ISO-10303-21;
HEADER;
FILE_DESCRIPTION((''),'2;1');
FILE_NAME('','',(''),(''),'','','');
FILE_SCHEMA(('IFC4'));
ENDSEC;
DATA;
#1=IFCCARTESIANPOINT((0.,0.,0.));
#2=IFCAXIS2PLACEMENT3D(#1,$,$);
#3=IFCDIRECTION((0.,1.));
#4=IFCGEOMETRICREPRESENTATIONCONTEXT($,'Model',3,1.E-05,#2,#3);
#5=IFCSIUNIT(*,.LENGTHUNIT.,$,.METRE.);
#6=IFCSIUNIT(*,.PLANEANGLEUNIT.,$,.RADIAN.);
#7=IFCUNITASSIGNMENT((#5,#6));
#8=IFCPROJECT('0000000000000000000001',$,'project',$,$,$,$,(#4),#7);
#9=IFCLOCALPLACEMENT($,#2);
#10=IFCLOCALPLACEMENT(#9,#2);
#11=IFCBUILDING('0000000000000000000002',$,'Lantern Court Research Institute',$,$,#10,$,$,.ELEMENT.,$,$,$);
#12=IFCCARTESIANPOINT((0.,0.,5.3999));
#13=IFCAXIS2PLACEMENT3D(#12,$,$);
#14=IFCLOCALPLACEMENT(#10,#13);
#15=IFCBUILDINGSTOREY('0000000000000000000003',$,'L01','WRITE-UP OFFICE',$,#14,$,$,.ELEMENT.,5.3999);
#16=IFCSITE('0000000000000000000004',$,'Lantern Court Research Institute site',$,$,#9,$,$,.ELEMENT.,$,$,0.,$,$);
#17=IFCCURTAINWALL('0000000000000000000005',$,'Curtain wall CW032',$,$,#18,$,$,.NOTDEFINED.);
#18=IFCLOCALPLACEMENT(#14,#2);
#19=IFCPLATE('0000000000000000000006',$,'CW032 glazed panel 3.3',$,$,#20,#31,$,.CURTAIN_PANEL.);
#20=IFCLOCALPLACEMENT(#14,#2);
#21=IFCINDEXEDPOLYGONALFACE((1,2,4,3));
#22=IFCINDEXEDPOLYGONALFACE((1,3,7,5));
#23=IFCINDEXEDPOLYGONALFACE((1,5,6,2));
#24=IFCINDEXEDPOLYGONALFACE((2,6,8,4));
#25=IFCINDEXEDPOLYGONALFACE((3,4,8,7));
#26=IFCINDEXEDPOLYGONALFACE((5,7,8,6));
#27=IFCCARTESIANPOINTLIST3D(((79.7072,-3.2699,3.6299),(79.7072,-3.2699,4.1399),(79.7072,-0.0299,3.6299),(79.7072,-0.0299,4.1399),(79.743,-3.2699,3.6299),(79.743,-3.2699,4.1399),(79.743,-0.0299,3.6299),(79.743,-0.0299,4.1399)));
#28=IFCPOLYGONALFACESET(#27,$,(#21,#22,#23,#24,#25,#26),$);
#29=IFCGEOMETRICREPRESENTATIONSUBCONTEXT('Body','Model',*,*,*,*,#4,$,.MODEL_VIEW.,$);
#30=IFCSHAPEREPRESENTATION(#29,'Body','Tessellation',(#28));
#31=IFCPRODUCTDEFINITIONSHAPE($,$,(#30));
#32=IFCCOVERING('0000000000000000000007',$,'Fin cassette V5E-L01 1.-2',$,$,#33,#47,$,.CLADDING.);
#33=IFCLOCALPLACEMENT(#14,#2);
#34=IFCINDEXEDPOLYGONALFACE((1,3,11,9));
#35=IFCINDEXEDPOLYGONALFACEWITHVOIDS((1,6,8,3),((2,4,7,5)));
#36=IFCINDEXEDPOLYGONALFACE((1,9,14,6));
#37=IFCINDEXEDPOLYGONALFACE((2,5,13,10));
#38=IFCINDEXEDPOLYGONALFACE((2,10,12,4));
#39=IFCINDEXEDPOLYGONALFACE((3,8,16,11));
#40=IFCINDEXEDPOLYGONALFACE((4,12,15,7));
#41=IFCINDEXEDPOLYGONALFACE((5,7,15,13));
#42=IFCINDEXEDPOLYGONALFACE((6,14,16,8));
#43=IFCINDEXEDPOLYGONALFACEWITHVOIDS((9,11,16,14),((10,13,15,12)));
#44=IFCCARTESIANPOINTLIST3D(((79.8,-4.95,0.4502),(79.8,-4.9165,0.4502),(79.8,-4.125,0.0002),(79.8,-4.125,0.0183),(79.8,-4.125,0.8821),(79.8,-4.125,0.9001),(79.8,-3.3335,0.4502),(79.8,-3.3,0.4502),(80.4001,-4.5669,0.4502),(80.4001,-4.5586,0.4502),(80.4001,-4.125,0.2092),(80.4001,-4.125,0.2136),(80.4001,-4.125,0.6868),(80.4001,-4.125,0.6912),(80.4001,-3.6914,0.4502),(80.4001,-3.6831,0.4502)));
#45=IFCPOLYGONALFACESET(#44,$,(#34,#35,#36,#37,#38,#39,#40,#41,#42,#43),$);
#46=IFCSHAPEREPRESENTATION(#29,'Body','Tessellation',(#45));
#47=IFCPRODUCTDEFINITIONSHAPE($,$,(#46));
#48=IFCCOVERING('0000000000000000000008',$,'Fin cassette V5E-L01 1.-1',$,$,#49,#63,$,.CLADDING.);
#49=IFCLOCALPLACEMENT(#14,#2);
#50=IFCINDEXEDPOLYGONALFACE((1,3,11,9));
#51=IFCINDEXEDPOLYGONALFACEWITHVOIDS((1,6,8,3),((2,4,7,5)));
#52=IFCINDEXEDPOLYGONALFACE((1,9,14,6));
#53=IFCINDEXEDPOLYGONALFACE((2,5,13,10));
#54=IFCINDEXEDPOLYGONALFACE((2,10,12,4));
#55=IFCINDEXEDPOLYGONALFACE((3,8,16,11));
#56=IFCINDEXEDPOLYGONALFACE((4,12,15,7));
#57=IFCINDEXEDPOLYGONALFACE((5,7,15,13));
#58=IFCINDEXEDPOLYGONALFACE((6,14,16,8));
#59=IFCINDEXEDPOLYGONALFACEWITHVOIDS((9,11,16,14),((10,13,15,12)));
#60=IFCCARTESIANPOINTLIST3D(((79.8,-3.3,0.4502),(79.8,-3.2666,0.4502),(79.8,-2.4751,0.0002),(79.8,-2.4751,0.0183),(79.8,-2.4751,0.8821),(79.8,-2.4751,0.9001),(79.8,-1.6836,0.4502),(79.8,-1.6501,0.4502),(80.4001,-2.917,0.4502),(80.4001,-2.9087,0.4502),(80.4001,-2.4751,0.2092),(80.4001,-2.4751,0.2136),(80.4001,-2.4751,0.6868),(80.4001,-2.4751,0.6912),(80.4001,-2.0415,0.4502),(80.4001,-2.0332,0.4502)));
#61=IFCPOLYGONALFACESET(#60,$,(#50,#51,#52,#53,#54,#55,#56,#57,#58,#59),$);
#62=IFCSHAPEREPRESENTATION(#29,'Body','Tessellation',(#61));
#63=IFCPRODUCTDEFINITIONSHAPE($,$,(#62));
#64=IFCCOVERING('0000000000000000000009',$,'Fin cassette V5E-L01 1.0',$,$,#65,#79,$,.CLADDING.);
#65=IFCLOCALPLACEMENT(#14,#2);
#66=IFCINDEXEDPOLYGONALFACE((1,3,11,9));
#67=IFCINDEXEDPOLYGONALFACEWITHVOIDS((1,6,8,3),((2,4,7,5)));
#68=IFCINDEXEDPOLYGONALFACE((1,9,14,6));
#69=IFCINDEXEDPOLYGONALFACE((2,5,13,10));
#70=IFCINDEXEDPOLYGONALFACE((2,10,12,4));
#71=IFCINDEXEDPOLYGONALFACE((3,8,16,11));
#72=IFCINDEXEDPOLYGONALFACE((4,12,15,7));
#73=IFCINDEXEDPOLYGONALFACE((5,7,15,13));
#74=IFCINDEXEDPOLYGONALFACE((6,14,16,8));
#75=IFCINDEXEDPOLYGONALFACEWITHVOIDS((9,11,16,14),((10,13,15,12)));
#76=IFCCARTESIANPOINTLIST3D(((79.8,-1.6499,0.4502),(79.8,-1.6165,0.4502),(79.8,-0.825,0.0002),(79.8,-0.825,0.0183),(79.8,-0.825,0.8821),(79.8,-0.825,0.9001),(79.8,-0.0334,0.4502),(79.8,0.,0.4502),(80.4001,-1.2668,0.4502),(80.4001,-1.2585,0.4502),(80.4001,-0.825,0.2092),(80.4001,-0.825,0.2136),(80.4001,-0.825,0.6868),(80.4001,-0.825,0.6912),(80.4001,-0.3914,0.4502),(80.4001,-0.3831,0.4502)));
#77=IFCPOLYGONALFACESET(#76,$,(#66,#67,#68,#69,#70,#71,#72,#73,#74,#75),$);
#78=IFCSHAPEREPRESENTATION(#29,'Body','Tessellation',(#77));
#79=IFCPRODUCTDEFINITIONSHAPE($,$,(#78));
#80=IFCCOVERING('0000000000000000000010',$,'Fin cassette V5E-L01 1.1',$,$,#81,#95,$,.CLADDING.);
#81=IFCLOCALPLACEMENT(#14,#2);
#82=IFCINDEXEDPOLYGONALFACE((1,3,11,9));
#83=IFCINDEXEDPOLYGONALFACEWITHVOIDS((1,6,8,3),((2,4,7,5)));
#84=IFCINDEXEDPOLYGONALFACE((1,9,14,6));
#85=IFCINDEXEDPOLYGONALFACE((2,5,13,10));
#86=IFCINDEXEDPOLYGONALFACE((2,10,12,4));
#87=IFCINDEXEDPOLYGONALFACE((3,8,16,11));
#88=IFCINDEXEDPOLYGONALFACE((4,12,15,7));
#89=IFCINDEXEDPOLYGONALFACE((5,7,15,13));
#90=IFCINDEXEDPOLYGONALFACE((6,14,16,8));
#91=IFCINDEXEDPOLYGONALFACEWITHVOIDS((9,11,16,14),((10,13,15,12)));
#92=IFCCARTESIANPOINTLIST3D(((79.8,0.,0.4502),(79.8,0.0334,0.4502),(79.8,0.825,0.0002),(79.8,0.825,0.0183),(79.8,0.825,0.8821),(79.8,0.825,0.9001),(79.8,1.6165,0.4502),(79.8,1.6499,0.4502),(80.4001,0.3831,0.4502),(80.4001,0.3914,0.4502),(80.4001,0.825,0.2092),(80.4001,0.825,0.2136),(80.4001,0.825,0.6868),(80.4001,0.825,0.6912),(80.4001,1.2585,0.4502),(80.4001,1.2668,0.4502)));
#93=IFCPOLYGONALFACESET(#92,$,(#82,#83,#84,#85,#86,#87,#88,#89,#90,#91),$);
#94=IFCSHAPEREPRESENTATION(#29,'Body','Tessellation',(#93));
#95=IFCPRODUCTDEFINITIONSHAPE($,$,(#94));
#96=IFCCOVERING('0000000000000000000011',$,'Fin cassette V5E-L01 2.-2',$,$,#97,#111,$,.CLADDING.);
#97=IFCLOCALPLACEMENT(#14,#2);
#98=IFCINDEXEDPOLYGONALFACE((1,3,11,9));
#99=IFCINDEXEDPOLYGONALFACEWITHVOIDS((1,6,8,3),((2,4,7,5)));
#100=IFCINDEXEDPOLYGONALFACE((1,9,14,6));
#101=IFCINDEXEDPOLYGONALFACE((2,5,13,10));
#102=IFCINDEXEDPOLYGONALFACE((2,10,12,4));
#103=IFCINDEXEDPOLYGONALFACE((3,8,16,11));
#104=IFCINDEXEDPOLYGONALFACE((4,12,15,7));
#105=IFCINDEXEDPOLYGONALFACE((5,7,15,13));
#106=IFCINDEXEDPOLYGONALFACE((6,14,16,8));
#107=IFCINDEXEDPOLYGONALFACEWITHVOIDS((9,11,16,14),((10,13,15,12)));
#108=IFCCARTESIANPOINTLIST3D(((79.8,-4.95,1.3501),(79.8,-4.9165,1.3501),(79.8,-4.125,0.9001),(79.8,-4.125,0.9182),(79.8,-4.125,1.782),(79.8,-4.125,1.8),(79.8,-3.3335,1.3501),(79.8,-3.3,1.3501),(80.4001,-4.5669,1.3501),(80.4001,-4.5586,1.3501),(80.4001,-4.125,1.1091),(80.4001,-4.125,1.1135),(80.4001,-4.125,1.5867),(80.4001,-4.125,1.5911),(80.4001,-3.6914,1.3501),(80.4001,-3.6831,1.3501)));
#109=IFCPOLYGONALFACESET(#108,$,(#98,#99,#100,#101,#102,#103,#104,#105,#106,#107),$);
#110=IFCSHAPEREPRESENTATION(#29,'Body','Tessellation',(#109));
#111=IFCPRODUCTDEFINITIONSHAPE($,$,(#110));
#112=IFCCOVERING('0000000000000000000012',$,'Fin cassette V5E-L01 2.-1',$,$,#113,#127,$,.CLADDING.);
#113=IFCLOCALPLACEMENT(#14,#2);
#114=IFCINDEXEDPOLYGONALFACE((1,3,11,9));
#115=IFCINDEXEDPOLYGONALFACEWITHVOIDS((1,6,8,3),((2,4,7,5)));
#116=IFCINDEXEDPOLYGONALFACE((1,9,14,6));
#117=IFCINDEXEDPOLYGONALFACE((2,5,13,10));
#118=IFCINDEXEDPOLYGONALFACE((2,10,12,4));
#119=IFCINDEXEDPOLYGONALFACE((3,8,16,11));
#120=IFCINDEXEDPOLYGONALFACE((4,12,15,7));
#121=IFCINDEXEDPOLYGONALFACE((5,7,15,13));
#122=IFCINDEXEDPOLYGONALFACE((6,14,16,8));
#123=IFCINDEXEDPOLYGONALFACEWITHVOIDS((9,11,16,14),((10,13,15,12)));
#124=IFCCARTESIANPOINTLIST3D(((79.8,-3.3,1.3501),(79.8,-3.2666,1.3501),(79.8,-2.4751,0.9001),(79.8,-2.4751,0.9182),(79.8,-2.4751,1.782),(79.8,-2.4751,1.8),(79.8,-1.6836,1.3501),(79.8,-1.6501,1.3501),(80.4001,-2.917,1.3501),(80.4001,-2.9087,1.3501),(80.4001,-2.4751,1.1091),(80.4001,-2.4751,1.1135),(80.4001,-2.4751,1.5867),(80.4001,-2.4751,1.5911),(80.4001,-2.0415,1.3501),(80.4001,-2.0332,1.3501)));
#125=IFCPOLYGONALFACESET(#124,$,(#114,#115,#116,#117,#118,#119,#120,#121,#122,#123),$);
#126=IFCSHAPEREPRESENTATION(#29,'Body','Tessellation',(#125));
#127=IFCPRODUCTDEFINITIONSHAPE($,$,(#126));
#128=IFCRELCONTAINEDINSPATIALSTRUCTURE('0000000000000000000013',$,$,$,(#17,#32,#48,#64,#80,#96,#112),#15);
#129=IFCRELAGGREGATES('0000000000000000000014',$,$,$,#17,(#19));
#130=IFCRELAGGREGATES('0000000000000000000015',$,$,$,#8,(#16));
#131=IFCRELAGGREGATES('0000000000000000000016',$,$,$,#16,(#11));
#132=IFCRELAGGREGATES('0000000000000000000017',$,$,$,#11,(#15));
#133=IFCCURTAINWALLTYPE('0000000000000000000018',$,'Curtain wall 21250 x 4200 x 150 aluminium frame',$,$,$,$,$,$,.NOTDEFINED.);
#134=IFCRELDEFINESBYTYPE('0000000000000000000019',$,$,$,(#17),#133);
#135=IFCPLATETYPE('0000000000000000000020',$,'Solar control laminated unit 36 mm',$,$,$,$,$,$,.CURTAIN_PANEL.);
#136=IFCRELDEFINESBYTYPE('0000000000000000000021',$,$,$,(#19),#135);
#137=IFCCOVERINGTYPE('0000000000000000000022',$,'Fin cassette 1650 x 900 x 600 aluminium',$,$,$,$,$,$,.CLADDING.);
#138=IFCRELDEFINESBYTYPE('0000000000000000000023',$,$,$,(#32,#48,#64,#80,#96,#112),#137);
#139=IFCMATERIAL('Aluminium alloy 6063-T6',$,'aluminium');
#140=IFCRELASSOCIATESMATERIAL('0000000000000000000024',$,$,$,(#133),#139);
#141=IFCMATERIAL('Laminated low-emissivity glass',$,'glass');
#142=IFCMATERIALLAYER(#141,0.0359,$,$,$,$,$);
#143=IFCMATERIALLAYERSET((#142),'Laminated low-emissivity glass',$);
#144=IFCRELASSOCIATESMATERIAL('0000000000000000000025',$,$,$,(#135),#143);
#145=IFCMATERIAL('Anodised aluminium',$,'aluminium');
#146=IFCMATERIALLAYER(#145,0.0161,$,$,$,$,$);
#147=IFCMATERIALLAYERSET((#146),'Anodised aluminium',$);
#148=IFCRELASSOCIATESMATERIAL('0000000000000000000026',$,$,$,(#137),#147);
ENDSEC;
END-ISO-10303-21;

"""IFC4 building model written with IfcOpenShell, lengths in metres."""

from ifc_helpers import new_model, entity, si_unit, direction, frame, origin, origin_2d, place, context, subcontext, project, spatial, rectangle, extrude, material, layer, layer_set, type_object, element, aggregate, save


model = new_model("IFC4")

# Units and contexts
model_context = context("Model", 3, precision=1e-05, world=origin(), true_north=direction((0.0, 1.0)))
body_context = subcontext(model_context, "Body", "Model", "MODEL_VIEW")
ifc_project = project(units=[si_unit("LENGTHUNIT", "METRE"), si_unit("PLANEANGLEUNIT", "RADIAN")], contexts=[model_context])

# Site, building, storey
site_placement = place(None, origin())
site = spatial("IfcSite", under=ifc_project, at=site_placement, Name="Lantern Court Research Institute site", CompositionType="ELEMENT", RefElevation=0.0)
building_placement = place(site_placement, origin())
building = spatial("IfcBuilding", under=site, at=building_placement, Name="Lantern Court Research Institute", CompositionType="ELEMENT")
storey_placement = place(building_placement, frame((0.0, 0.0, 5.3999)))
storey = spatial("IfcBuildingStorey", under=building, at=storey_placement, Name="L01", Description="WRITE-UP OFFICE", CompositionType="ELEMENT", Elevation=5.3999)

# Curtain wall
ifc_material_1 = material(Name="Aluminium alloy 6063-T6", Category="aluminium")
curtain_wall_type = type_object("IfcCurtainWallType", Name="Curtain wall 21250 x 4200 x 150 aluminium frame", PredefinedType="NOTDEFINED", material=ifc_material_1)
curtain_wall_placement = place(storey_placement, origin())
curtain_wall = element("IfcCurtainWall", 1, at=curtain_wall_placement, inside=storey, type_object=curtain_wall_type, Name="Curtain wall CW032", PredefinedType="NOTDEFINED")

# Plate
ifc_material_2 = material(Name="Laminated low-emissivity glass", Category="glass")
ifc_layer_1 = layer(ifc_material_2, 0.0359)
ifc_layer_set_1 = layer_set([ifc_layer_1], Name="Laminated low-emissivity glass")
plate_type_1 = type_object("IfcPlateType", Name="Solar control laminated unit 36 mm", PredefinedType="CURTAIN_PANEL", material=ifc_layer_set_1)
plate_1_placement = place(storey_placement, frame((79.7251, -1.6499, 3.6299), z_axis=(0.0, 0.0, 1.0), x_axis=(0.0, -1.0, 0.0)))
plate_1 = element("IfcPlate", 2, at=plate_1_placement, type_object=plate_type_1, Name="CW032 glazed panel 3.3", PredefinedType="CURTAIN_PANEL", context=body_context, shape_type="SweptSolid", body=[
    extrude(rectangle(XDim=3.24, YDim=0.0359, at=origin_2d()), origin(), (0.0, 0.0, 1.0), 0.51),
])
aggregate(curtain_wall, [plate_1])

# Coverings
ifc_material_3 = material(Name="Anodised aluminium", Category="aluminium")
ifc_layer_2 = layer(ifc_material_3, 0.0161)
ifc_layer_set_2 = layer_set([ifc_layer_2], Name="Anodised aluminium")
covering_type = type_object("IfcCoveringType", Name="Fin cassette 1650 x 900 x 600 aluminium", PredefinedType="CLADDING", material=ifc_layer_set_2)
covering_1_placement = place(storey_placement, frame((79.8, -4.125, 0.4502), z_axis=(1.0, 0.0, 0.0), x_axis=(0.0, 1.0, 0.0)))
cartesian_point_1 = entity("IfcCartesianPoint", [0.825, 0.0])
cartesian_point_2 = entity("IfcCartesianPoint", [0.7915, 0.0])
cartesian_point_3 = entity("IfcCartesianPoint", [0.4419, 0.0])
cartesian_point_4 = entity("IfcCartesianPoint", [0.4336, 0.0])
element("IfcCovering", 3, at=covering_1_placement, inside=storey, type_object=covering_type, Name="Fin cassette V5E-L01 1.-2", PredefinedType="CLADDING", context=body_context, shape_type="SweptSolid", body=[
    entity("IfcExtrudedAreaSolidTapered", entity("IfcArbitraryProfileDefWithVoids", "AREA", None, entity("IfcPolyline", [cartesian_point_1, entity("IfcCartesianPoint", [0.0, 0.45]), entity("IfcCartesianPoint", [-0.825, 0.0]), entity("IfcCartesianPoint", [0.0, -0.45]), cartesian_point_1]), [entity("IfcPolyline", [cartesian_point_2, entity("IfcCartesianPoint", [0.0, 0.4319]), entity("IfcCartesianPoint", [-0.7915, 0.0]), entity("IfcCartesianPoint", [0.0, -0.4319]), cartesian_point_2])]), entity("IfcAxis2Placement3D", entity("IfcCartesianPoint", [0.0, 0.0, 0.0])), entity("IfcDirection", [0.0, 0.0, 1.0]), 0.6001, entity("IfcArbitraryProfileDefWithVoids", "AREA", None, entity("IfcPolyline", [cartesian_point_3, entity("IfcCartesianPoint", [0.0, 0.241]), entity("IfcCartesianPoint", [-0.4419, 0.0]), entity("IfcCartesianPoint", [0.0, -0.241]), cartesian_point_3]), [entity("IfcPolyline", [cartesian_point_4, entity("IfcCartesianPoint", [0.0, 0.2366]), entity("IfcCartesianPoint", [-0.4336, 0.0]), entity("IfcCartesianPoint", [0.0, -0.2366]), cartesian_point_4])])),
])
covering_2_placement = place(storey_placement, frame((79.8, -2.4751, 0.4502), z_axis=(1.0, 0.0, 0.0), x_axis=(0.0, 1.0, 0.0)))
cartesian_point_5 = entity("IfcCartesianPoint", [0.825, 0.0])
cartesian_point_6 = entity("IfcCartesianPoint", [0.7915, 0.0])
cartesian_point_7 = entity("IfcCartesianPoint", [0.4419, 0.0])
cartesian_point_8 = entity("IfcCartesianPoint", [0.4336, 0.0])
element("IfcCovering", 4, at=covering_2_placement, inside=storey, type_object=covering_type, Name="Fin cassette V5E-L01 1.-1", PredefinedType="CLADDING", context=body_context, shape_type="SweptSolid", body=[
    entity("IfcExtrudedAreaSolidTapered", entity("IfcArbitraryProfileDefWithVoids", "AREA", None, entity("IfcPolyline", [cartesian_point_5, entity("IfcCartesianPoint", [0.0, 0.45]), entity("IfcCartesianPoint", [-0.825, 0.0]), entity("IfcCartesianPoint", [0.0, -0.45]), cartesian_point_5]), [entity("IfcPolyline", [cartesian_point_6, entity("IfcCartesianPoint", [0.0, 0.4319]), entity("IfcCartesianPoint", [-0.7915, 0.0]), entity("IfcCartesianPoint", [0.0, -0.4319]), cartesian_point_6])]), entity("IfcAxis2Placement3D", entity("IfcCartesianPoint", [0.0, 0.0, 0.0])), entity("IfcDirection", [0.0, 0.0, 1.0]), 0.6001, entity("IfcArbitraryProfileDefWithVoids", "AREA", None, entity("IfcPolyline", [cartesian_point_7, entity("IfcCartesianPoint", [0.0, 0.241]), entity("IfcCartesianPoint", [-0.4419, 0.0]), entity("IfcCartesianPoint", [0.0, -0.241]), cartesian_point_7]), [entity("IfcPolyline", [cartesian_point_8, entity("IfcCartesianPoint", [0.0, 0.2366]), entity("IfcCartesianPoint", [-0.4336, 0.0]), entity("IfcCartesianPoint", [0.0, -0.2366]), cartesian_point_8])])),
])
covering_3_placement = place(storey_placement, frame((79.8, -0.825, 0.4502), z_axis=(1.0, 0.0, 0.0), x_axis=(0.0, 1.0, 0.0)))
cartesian_point_9 = entity("IfcCartesianPoint", [0.825, 0.0])
cartesian_point_10 = entity("IfcCartesianPoint", [0.7915, 0.0])
cartesian_point_11 = entity("IfcCartesianPoint", [0.4419, 0.0])
cartesian_point_12 = entity("IfcCartesianPoint", [0.4336, 0.0])
element("IfcCovering", 5, at=covering_3_placement, inside=storey, type_object=covering_type, Name="Fin cassette V5E-L01 1.0", PredefinedType="CLADDING", context=body_context, shape_type="SweptSolid", body=[
    entity("IfcExtrudedAreaSolidTapered", entity("IfcArbitraryProfileDefWithVoids", "AREA", None, entity("IfcPolyline", [cartesian_point_9, entity("IfcCartesianPoint", [0.0, 0.45]), entity("IfcCartesianPoint", [-0.825, 0.0]), entity("IfcCartesianPoint", [0.0, -0.45]), cartesian_point_9]), [entity("IfcPolyline", [cartesian_point_10, entity("IfcCartesianPoint", [0.0, 0.4319]), entity("IfcCartesianPoint", [-0.7915, 0.0]), entity("IfcCartesianPoint", [0.0, -0.4319]), cartesian_point_10])]), entity("IfcAxis2Placement3D", entity("IfcCartesianPoint", [0.0, 0.0, 0.0])), entity("IfcDirection", [0.0, 0.0, 1.0]), 0.6001, entity("IfcArbitraryProfileDefWithVoids", "AREA", None, entity("IfcPolyline", [cartesian_point_11, entity("IfcCartesianPoint", [0.0, 0.241]), entity("IfcCartesianPoint", [-0.4419, 0.0]), entity("IfcCartesianPoint", [0.0, -0.241]), cartesian_point_11]), [entity("IfcPolyline", [cartesian_point_12, entity("IfcCartesianPoint", [0.0, 0.2366]), entity("IfcCartesianPoint", [-0.4336, 0.0]), entity("IfcCartesianPoint", [0.0, -0.2366]), cartesian_point_12])])),
])
covering_4_placement = place(storey_placement, frame((79.8, 0.825, 0.4502), z_axis=(1.0, 0.0, 0.0), x_axis=(0.0, 1.0, 0.0)))
cartesian_point_13 = entity("IfcCartesianPoint", [0.825, 0.0])
cartesian_point_14 = entity("IfcCartesianPoint", [0.7915, 0.0])
cartesian_point_15 = entity("IfcCartesianPoint", [0.4419, 0.0])
cartesian_point_16 = entity("IfcCartesianPoint", [0.4336, 0.0])
element("IfcCovering", 6, at=covering_4_placement, inside=storey, type_object=covering_type, Name="Fin cassette V5E-L01 1.1", PredefinedType="CLADDING", context=body_context, shape_type="SweptSolid", body=[
    entity("IfcExtrudedAreaSolidTapered", entity("IfcArbitraryProfileDefWithVoids", "AREA", None, entity("IfcPolyline", [cartesian_point_13, entity("IfcCartesianPoint", [0.0, 0.45]), entity("IfcCartesianPoint", [-0.825, 0.0]), entity("IfcCartesianPoint", [0.0, -0.45]), cartesian_point_13]), [entity("IfcPolyline", [cartesian_point_14, entity("IfcCartesianPoint", [0.0, 0.4319]), entity("IfcCartesianPoint", [-0.7915, 0.0]), entity("IfcCartesianPoint", [0.0, -0.4319]), cartesian_point_14])]), entity("IfcAxis2Placement3D", entity("IfcCartesianPoint", [0.0, 0.0, 0.0])), entity("IfcDirection", [0.0, 0.0, 1.0]), 0.6001, entity("IfcArbitraryProfileDefWithVoids", "AREA", None, entity("IfcPolyline", [cartesian_point_15, entity("IfcCartesianPoint", [0.0, 0.241]), entity("IfcCartesianPoint", [-0.4419, 0.0]), entity("IfcCartesianPoint", [0.0, -0.241]), cartesian_point_15]), [entity("IfcPolyline", [cartesian_point_16, entity("IfcCartesianPoint", [0.0, 0.2366]), entity("IfcCartesianPoint", [-0.4336, 0.0]), entity("IfcCartesianPoint", [0.0, -0.2366]), cartesian_point_16])])),
])
covering_5_placement = place(storey_placement, frame((79.8, -4.125, 1.3501), z_axis=(1.0, 0.0, 0.0), x_axis=(0.0, 1.0, 0.0)))
cartesian_point_17 = entity("IfcCartesianPoint", [0.825, 0.0])
cartesian_point_18 = entity("IfcCartesianPoint", [0.7915, 0.0])
cartesian_point_19 = entity("IfcCartesianPoint", [0.4419, 0.0])
cartesian_point_20 = entity("IfcCartesianPoint", [0.4336, 0.0])
element("IfcCovering", 7, at=covering_5_placement, inside=storey, type_object=covering_type, Name="Fin cassette V5E-L01 2.-2", PredefinedType="CLADDING", context=body_context, shape_type="SweptSolid", body=[
    entity("IfcExtrudedAreaSolidTapered", entity("IfcArbitraryProfileDefWithVoids", "AREA", None, entity("IfcPolyline", [cartesian_point_17, entity("IfcCartesianPoint", [0.0, 0.45]), entity("IfcCartesianPoint", [-0.825, 0.0]), entity("IfcCartesianPoint", [0.0, -0.45]), cartesian_point_17]), [entity("IfcPolyline", [cartesian_point_18, entity("IfcCartesianPoint", [0.0, 0.4319]), entity("IfcCartesianPoint", [-0.7915, 0.0]), entity("IfcCartesianPoint", [0.0, -0.4319]), cartesian_point_18])]), entity("IfcAxis2Placement3D", entity("IfcCartesianPoint", [0.0, 0.0, 0.0])), entity("IfcDirection", [0.0, 0.0, 1.0]), 0.6001, entity("IfcArbitraryProfileDefWithVoids", "AREA", None, entity("IfcPolyline", [cartesian_point_19, entity("IfcCartesianPoint", [0.0, 0.241]), entity("IfcCartesianPoint", [-0.4419, 0.0]), entity("IfcCartesianPoint", [0.0, -0.241]), cartesian_point_19]), [entity("IfcPolyline", [cartesian_point_20, entity("IfcCartesianPoint", [0.0, 0.2366]), entity("IfcCartesianPoint", [-0.4336, 0.0]), entity("IfcCartesianPoint", [0.0, -0.2366]), cartesian_point_20])])),
])
covering_6_placement = place(storey_placement, frame((79.8, -2.4751, 1.3501), z_axis=(1.0, 0.0, 0.0), x_axis=(0.0, 1.0, 0.0)))
cartesian_point_21 = entity("IfcCartesianPoint", [0.825, 0.0])
cartesian_point_22 = entity("IfcCartesianPoint", [0.7915, 0.0])
cartesian_point_23 = entity("IfcCartesianPoint", [0.4419, 0.0])
cartesian_point_24 = entity("IfcCartesianPoint", [0.4336, 0.0])
element("IfcCovering", 8, at=covering_6_placement, inside=storey, type_object=covering_type, Name="Fin cassette V5E-L01 2.-1", PredefinedType="CLADDING", context=body_context, shape_type="SweptSolid", body=[
    entity("IfcExtrudedAreaSolidTapered", entity("IfcArbitraryProfileDefWithVoids", "AREA", None, entity("IfcPolyline", [cartesian_point_21, entity("IfcCartesianPoint", [0.0, 0.45]), entity("IfcCartesianPoint", [-0.825, 0.0]), entity("IfcCartesianPoint", [0.0, -0.45]), cartesian_point_21]), [entity("IfcPolyline", [cartesian_point_22, entity("IfcCartesianPoint", [0.0, 0.4319]), entity("IfcCartesianPoint", [-0.7915, 0.0]), entity("IfcCartesianPoint", [0.0, -0.4319]), cartesian_point_22])]), entity("IfcAxis2Placement3D", entity("IfcCartesianPoint", [0.0, 0.0, 0.0])), entity("IfcDirection", [0.0, 0.0, 1.0]), 0.6001, entity("IfcArbitraryProfileDefWithVoids", "AREA", None, entity("IfcPolyline", [cartesian_point_23, entity("IfcCartesianPoint", [0.0, 0.241]), entity("IfcCartesianPoint", [-0.4419, 0.0]), entity("IfcCartesianPoint", [0.0, -0.241]), cartesian_point_23]), [entity("IfcPolyline", [cartesian_point_24, entity("IfcCartesianPoint", [0.0, 0.2366]), entity("IfcCartesianPoint", [-0.4336, 0.0]), entity("IfcCartesianPoint", [0.0, -0.2366]), cartesian_point_24])])),
])

save(model, "model.ifc")
